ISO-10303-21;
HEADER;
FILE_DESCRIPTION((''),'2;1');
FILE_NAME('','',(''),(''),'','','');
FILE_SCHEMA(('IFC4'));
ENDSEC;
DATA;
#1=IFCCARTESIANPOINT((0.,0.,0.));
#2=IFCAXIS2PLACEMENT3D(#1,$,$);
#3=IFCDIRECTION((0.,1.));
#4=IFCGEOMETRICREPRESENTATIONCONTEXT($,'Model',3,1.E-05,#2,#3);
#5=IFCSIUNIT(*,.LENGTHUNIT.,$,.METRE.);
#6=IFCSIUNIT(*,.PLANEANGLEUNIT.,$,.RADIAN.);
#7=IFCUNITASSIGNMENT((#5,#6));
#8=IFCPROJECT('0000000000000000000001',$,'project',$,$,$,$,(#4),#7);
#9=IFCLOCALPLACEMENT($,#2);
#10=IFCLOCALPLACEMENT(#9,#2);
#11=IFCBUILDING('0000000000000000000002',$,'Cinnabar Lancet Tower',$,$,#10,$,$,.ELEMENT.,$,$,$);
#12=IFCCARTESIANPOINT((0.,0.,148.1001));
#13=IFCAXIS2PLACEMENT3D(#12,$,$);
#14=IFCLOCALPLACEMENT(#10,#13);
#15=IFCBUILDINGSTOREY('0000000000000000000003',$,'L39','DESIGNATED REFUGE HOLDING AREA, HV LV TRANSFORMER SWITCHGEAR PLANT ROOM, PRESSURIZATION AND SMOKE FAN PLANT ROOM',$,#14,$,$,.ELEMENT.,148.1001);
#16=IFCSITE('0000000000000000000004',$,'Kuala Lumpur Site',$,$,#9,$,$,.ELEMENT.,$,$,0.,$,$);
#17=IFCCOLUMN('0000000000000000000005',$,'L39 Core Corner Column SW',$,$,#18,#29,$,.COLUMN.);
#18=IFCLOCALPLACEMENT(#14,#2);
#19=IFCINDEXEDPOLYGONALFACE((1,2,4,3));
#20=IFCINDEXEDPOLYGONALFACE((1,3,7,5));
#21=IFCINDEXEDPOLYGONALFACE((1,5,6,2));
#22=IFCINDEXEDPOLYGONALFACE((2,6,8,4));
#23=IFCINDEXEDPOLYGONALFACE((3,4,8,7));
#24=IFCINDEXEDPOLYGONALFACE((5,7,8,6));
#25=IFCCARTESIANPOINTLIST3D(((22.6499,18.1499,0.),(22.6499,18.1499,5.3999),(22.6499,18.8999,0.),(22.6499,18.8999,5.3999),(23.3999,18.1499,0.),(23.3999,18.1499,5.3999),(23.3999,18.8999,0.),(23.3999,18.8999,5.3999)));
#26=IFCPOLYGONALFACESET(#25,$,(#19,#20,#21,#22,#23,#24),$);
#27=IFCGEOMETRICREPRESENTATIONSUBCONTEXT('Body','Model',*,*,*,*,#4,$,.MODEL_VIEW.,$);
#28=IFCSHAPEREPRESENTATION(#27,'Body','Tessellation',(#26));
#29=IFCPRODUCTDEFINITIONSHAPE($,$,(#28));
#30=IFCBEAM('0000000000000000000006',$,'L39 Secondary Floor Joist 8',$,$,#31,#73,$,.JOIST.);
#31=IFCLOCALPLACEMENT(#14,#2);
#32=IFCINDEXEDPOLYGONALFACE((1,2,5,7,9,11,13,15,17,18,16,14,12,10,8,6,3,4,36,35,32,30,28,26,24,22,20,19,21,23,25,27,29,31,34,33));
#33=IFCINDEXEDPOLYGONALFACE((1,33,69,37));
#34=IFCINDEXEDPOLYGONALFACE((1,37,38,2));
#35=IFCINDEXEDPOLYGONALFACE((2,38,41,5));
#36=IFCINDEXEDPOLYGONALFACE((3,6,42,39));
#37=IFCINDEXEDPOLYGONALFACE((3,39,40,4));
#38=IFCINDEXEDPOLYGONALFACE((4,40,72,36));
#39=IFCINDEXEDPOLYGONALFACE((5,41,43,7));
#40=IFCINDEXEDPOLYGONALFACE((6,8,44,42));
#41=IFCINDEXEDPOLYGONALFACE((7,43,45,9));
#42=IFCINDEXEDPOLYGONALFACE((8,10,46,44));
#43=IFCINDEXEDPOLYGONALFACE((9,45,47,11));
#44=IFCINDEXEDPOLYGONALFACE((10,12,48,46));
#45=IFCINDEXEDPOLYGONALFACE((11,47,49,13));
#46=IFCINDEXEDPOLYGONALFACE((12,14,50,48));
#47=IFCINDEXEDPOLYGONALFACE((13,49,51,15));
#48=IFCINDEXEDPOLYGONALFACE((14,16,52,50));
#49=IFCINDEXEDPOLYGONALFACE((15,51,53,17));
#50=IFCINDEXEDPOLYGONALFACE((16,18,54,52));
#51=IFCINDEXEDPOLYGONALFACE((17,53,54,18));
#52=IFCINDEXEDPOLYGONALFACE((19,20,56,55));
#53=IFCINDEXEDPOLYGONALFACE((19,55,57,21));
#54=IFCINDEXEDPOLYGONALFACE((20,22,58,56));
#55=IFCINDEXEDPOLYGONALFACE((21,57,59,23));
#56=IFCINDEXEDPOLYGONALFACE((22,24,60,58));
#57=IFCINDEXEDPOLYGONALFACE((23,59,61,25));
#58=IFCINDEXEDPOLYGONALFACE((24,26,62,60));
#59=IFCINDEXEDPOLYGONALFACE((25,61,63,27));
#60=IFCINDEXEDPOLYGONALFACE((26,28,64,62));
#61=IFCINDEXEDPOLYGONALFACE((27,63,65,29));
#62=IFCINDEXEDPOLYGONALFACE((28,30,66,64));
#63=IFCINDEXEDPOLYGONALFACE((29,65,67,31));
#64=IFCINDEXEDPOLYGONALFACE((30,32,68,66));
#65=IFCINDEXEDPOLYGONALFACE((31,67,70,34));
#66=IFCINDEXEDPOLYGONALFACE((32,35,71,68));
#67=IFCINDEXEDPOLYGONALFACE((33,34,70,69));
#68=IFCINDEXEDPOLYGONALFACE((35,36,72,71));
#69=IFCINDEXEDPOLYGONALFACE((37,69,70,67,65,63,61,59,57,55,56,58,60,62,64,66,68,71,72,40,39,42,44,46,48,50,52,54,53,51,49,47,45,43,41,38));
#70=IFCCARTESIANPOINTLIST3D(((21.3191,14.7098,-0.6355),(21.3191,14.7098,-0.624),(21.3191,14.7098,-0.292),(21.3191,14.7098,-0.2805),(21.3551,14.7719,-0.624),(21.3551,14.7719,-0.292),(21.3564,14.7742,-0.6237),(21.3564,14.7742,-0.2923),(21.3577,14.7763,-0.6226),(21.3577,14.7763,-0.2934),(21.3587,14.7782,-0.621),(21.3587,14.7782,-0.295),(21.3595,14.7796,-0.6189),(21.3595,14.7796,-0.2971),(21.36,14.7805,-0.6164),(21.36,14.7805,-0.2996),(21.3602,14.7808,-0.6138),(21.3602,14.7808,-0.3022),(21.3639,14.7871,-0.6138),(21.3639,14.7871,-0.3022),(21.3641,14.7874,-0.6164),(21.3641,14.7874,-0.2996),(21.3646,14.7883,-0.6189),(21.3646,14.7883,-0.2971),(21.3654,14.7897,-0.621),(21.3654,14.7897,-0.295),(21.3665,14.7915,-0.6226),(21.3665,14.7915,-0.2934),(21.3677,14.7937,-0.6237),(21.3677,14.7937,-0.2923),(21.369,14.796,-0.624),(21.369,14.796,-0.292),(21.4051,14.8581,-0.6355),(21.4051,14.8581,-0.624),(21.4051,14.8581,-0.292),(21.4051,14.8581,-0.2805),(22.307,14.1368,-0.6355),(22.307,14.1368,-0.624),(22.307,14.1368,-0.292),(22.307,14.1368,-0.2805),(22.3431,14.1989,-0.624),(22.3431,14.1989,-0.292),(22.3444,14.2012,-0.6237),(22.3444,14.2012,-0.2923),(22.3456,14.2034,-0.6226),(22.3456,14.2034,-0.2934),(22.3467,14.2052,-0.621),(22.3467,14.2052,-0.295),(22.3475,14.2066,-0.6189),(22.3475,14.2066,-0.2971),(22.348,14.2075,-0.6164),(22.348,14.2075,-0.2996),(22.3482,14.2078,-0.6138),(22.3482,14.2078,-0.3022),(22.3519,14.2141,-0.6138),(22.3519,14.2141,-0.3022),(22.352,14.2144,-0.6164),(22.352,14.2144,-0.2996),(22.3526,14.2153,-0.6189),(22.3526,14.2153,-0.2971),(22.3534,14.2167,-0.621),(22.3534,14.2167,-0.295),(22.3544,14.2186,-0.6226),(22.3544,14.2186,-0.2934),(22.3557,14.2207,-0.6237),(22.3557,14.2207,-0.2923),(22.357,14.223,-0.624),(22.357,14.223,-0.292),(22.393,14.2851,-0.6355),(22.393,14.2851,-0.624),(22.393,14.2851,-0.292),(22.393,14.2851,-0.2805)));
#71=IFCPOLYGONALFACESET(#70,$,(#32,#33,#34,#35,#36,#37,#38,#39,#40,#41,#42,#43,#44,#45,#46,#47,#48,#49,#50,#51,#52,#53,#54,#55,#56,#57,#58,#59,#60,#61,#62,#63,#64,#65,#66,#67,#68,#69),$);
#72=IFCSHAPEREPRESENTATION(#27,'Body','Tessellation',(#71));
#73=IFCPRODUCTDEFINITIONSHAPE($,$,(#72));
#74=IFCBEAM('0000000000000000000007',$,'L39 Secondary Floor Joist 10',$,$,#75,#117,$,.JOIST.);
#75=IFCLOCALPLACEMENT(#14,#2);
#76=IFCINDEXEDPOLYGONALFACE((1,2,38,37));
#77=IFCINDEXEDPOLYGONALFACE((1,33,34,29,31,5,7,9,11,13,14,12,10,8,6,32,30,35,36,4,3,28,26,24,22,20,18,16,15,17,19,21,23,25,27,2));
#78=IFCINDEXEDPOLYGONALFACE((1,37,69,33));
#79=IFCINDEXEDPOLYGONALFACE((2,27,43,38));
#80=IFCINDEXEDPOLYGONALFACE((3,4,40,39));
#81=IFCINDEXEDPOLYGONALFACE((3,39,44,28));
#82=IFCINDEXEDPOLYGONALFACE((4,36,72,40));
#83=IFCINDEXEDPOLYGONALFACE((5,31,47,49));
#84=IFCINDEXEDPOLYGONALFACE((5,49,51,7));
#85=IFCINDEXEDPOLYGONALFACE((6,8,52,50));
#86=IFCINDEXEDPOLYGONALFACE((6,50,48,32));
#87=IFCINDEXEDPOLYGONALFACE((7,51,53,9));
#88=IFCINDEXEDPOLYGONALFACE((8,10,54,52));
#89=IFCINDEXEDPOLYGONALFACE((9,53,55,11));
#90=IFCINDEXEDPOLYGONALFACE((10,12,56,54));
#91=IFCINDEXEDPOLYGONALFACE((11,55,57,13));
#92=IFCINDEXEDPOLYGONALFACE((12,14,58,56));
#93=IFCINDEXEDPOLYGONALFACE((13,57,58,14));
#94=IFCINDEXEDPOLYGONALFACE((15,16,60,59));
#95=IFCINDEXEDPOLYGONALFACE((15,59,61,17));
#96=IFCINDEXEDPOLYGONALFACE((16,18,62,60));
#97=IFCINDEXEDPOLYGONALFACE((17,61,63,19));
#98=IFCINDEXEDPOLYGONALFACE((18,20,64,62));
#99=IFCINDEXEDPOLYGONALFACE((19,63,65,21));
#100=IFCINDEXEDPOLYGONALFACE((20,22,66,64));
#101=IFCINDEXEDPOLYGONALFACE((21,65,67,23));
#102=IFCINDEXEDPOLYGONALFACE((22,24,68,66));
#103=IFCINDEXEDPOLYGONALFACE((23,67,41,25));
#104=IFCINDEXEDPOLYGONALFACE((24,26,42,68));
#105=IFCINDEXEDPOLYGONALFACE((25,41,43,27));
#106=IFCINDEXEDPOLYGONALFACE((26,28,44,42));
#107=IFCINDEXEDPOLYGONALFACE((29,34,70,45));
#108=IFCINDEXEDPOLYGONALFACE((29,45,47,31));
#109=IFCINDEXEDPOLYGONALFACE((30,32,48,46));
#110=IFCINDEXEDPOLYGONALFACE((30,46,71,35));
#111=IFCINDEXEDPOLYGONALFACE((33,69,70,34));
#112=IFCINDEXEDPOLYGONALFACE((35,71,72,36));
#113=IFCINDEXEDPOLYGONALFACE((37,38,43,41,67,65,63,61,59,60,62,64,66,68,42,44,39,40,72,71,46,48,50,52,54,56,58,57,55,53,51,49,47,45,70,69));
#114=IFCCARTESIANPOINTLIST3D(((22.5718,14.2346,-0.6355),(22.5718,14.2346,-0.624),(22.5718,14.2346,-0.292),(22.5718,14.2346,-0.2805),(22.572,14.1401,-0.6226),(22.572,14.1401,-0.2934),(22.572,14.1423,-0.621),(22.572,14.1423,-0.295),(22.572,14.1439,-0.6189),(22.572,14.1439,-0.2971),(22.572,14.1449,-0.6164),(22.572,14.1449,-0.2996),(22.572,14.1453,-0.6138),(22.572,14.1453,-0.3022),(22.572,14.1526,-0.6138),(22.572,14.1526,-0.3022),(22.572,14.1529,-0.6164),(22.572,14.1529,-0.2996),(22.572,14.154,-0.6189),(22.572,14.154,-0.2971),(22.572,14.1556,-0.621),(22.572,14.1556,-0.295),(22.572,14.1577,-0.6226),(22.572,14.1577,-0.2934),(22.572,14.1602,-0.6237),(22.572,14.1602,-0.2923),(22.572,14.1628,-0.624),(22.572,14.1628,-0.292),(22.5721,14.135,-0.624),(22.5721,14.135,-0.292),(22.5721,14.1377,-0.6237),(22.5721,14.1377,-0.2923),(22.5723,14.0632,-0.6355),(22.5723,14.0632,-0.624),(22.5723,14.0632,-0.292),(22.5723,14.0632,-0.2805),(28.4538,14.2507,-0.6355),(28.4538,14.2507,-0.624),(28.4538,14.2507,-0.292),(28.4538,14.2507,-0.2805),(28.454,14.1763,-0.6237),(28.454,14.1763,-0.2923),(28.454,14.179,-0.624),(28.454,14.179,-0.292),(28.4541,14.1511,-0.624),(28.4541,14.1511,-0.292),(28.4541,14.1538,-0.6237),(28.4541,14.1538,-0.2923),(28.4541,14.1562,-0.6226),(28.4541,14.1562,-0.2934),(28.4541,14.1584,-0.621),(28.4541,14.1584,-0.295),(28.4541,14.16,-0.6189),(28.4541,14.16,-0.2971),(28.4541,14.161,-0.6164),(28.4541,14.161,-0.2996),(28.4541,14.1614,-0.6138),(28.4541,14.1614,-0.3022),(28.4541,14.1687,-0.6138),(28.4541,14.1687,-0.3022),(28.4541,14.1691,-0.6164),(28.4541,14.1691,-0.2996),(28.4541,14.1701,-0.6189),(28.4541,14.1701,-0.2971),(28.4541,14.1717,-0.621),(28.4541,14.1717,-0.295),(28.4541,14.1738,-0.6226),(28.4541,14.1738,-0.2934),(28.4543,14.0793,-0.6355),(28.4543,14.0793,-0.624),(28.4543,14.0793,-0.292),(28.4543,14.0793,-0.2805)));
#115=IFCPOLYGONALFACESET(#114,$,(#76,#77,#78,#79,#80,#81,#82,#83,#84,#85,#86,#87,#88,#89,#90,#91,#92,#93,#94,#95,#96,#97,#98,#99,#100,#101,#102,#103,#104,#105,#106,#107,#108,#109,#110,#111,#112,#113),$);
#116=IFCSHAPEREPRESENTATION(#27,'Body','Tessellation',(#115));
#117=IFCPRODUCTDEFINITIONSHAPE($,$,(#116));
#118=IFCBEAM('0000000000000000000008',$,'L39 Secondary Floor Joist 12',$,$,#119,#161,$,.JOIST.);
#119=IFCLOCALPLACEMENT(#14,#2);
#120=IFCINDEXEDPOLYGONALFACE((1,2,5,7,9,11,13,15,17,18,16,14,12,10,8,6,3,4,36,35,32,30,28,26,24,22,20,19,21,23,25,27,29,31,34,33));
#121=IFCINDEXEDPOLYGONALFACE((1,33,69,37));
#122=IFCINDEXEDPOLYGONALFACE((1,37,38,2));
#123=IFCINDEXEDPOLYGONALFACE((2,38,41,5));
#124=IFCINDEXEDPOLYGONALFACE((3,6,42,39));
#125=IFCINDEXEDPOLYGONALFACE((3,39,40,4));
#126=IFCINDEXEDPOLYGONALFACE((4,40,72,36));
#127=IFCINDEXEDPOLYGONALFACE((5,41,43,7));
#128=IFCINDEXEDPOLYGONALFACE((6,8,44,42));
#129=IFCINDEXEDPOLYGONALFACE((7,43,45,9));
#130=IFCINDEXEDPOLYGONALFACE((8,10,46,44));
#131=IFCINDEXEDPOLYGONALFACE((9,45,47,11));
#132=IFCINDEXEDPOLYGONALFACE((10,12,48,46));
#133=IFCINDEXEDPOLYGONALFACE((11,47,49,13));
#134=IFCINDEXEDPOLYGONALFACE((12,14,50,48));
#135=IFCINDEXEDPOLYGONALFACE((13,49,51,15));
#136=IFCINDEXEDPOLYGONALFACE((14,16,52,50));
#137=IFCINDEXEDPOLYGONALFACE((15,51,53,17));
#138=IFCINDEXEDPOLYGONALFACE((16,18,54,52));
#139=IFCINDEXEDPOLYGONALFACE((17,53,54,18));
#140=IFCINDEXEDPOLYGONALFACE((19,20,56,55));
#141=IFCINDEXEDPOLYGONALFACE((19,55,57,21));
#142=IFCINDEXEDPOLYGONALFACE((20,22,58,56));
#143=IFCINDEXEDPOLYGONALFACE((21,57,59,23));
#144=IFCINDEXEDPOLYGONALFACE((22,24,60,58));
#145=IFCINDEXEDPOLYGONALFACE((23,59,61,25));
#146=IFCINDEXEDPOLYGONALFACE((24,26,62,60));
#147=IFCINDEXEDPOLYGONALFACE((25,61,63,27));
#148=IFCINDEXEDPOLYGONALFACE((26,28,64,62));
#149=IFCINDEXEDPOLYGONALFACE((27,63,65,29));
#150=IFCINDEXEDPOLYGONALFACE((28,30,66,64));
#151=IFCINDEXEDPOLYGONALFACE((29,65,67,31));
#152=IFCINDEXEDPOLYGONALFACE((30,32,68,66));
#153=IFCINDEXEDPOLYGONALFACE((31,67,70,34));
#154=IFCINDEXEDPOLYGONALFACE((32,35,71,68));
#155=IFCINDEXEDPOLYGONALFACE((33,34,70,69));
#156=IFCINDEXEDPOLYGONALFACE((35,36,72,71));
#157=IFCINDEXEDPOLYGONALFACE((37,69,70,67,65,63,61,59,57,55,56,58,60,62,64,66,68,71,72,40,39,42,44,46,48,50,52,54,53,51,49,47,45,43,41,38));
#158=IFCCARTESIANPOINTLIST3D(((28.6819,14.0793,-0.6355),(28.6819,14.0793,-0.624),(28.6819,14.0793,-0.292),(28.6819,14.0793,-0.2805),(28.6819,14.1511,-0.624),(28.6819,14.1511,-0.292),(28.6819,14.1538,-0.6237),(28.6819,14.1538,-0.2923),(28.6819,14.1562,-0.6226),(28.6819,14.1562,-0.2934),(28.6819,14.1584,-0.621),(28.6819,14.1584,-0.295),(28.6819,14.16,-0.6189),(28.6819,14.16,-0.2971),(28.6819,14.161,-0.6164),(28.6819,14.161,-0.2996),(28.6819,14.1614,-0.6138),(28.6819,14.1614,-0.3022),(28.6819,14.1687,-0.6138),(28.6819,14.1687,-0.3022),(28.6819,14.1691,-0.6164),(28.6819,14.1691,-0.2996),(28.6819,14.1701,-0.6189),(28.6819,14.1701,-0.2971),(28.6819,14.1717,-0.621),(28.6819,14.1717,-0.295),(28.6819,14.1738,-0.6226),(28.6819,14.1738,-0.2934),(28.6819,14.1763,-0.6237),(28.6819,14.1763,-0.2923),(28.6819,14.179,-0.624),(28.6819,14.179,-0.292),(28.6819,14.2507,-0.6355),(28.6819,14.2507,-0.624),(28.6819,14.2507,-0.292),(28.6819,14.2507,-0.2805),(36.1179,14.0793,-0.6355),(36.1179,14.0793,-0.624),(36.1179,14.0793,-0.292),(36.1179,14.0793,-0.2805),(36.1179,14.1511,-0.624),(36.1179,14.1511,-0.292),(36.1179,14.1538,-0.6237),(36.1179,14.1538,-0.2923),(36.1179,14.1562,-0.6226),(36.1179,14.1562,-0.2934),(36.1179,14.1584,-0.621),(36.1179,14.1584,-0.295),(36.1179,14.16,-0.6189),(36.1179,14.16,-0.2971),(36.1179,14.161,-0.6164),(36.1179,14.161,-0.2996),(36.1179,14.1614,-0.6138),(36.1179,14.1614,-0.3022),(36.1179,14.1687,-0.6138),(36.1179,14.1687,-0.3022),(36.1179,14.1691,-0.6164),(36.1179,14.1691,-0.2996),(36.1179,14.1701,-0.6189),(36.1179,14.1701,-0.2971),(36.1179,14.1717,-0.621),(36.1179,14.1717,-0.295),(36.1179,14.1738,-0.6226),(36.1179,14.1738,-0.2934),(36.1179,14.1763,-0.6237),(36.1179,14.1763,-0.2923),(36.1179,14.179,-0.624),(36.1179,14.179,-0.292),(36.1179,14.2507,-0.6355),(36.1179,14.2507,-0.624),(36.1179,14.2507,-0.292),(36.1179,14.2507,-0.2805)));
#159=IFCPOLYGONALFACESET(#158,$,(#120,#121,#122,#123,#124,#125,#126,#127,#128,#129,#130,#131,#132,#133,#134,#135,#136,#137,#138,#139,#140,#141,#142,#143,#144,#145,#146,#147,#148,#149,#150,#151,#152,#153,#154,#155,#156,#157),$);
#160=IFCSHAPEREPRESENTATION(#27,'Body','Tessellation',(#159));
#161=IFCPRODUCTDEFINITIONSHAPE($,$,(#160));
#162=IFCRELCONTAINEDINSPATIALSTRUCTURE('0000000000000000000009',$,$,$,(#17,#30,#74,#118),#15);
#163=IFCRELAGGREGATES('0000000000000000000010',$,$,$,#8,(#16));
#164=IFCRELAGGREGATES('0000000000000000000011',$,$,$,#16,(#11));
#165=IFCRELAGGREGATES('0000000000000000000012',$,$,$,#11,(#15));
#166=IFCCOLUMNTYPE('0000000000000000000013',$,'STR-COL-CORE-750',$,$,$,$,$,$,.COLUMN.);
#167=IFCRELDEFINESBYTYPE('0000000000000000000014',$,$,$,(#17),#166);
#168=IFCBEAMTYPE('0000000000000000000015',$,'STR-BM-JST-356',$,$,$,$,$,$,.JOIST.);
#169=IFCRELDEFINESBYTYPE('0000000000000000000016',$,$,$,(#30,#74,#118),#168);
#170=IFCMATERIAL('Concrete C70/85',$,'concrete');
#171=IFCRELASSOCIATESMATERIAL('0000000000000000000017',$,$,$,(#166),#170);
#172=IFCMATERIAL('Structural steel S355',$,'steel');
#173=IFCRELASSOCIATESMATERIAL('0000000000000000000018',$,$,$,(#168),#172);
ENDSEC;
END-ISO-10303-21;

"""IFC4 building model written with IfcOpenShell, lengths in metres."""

from ifc_helpers import new_model, si_unit, direction, frame, origin, origin_2d, place, context, subcontext, project, spatial, rectangle, i_section, extrude, material, material_profile, profile_set, type_object, element, save


model = new_model("IFC4")

# Units and contexts
model_context = context("Model", 3, precision=1e-05, world=origin(), true_north=direction((0.0, 1.0)))
body_context = subcontext(model_context, "Body", "Model", "MODEL_VIEW")
ifc_project = project(units=[si_unit("LENGTHUNIT", "METRE"), si_unit("PLANEANGLEUNIT", "RADIAN")], contexts=[model_context])

# Site, building, storey
site_placement = place(None, origin())
site = spatial("IfcSite", under=ifc_project, at=site_placement, Name="Kuala Lumpur Site", CompositionType="ELEMENT", RefElevation=0.0)
building_placement = place(site_placement, origin())
building = spatial("IfcBuilding", under=site, at=building_placement, Name="Cinnabar Lancet Tower", CompositionType="ELEMENT")
storey_placement = place(building_placement, frame((0.0, 0.0, 148.1001)))
storey = spatial("IfcBuildingStorey", under=building, at=storey_placement, Name="L39", Description="DESIGNATED REFUGE HOLDING AREA, HV LV TRANSFORMER SWITCHGEAR PLANT ROOM, PRESSURIZATION AND SMOKE FAN PLANT ROOM", CompositionType="ELEMENT", Elevation=148.1001)

# Column
ifc_material_1 = material(Name="Concrete C70/85", Category="concrete")
ifc_material_profile_1 = material_profile(ifc_material_1, rectangle(XDim=0.75, YDim=0.75, at=origin_2d()), Name="RC-COL 750x750")
ifc_profile_set_1 = profile_set([ifc_material_profile_1], Name="Concrete C70/85")
column_type = type_object("IfcColumnType", Name="STR-COL-CORE-750", PredefinedType="COLUMN", material=ifc_profile_set_1)
column_placement = place(storey_placement, frame((23.0249, 18.5249, 0.0), z_axis=(0.0, 0.0, 1.0), x_axis=(1.0, 0.0, 0.0)))
element("IfcColumn", 1, at=column_placement, inside=storey, type_object=column_type, Name="L39 Core Corner Column SW", PredefinedType="COLUMN", context=body_context, shape_type="SweptSolid", body=[
    extrude(rectangle(XDim=0.75, YDim=0.75, at=origin_2d()), origin(), (0.0, 0.0, 1.0), 5.3999),
])

# Beams
ifc_material_2 = material(Name="Structural steel S355", Category="steel")
ifc_material_profile_2 = material_profile(ifc_material_2, i_section(OverallWidth=0.1714, OverallDepth=0.355, WebThickness=0.0073, FlangeThickness=0.0115, FilletRadius=0.0103, at=origin_2d()), Name="UKB 356x171x51")
ifc_profile_set_2 = profile_set([ifc_material_profile_2], Name="Structural steel S355")
beam_type_1 = type_object("IfcBeamType", Name="STR-BM-JST-356", PredefinedType="JOIST", material=ifc_profile_set_2)
beam_1_placement = place(storey_placement, frame((21.3621, 14.7839, -0.458), z_axis=(0.865055, -0.501677, 0.0), x_axis=(0.501677, 0.865055, 0.0)))
element("IfcBeam", 2, at=beam_1_placement, inside=storey, type_object=beam_type_1, Name="L39 Secondary Floor Joist 8", PredefinedType="JOIST", context=body_context, shape_type="SweptSolid", body=[
    extrude(i_section(OverallWidth=0.1714, OverallDepth=0.355, WebThickness=0.0073, FlangeThickness=0.0115, FilletRadius=0.0103, at=origin_2d()), origin(), (0.0, 0.0, 1.0), 1.1421),
])
beam_2_placement = place(storey_placement, frame((22.572, 14.1489, -0.458), z_axis=(0.999996, 0.002739, 0.0), x_axis=(-0.002739, 0.999996, 0.0)))
element("IfcBeam", 3, at=beam_2_placement, inside=storey, type_object=beam_type_1, Name="L39 Secondary Floor Joist 10", PredefinedType="JOIST", context=body_context, shape_type="SweptSolid", body=[
    extrude(i_section(OverallWidth=0.1714, OverallDepth=0.355, WebThickness=0.0073, FlangeThickness=0.0115, FilletRadius=0.0103, at=origin_2d()), origin(), (0.0, 0.0, 1.0), 5.8821),
])
beam_3_placement = place(storey_placement, frame((28.6819, 14.165, -0.458), z_axis=(1.0, 0.0, 0.0), x_axis=(0.0, 1.0, 0.0)))
element("IfcBeam", 4, at=beam_3_placement, inside=storey, type_object=beam_type_1, Name="L39 Secondary Floor Joist 12", PredefinedType="JOIST", context=body_context, shape_type="SweptSolid", body=[
    extrude(i_section(OverallWidth=0.1714, OverallDepth=0.355, WebThickness=0.0073, FlangeThickness=0.0115, FilletRadius=0.0103, at=origin_2d()), origin(), (0.0, 0.0, 1.0), 7.436),
])

save(model, "model.ifc")
